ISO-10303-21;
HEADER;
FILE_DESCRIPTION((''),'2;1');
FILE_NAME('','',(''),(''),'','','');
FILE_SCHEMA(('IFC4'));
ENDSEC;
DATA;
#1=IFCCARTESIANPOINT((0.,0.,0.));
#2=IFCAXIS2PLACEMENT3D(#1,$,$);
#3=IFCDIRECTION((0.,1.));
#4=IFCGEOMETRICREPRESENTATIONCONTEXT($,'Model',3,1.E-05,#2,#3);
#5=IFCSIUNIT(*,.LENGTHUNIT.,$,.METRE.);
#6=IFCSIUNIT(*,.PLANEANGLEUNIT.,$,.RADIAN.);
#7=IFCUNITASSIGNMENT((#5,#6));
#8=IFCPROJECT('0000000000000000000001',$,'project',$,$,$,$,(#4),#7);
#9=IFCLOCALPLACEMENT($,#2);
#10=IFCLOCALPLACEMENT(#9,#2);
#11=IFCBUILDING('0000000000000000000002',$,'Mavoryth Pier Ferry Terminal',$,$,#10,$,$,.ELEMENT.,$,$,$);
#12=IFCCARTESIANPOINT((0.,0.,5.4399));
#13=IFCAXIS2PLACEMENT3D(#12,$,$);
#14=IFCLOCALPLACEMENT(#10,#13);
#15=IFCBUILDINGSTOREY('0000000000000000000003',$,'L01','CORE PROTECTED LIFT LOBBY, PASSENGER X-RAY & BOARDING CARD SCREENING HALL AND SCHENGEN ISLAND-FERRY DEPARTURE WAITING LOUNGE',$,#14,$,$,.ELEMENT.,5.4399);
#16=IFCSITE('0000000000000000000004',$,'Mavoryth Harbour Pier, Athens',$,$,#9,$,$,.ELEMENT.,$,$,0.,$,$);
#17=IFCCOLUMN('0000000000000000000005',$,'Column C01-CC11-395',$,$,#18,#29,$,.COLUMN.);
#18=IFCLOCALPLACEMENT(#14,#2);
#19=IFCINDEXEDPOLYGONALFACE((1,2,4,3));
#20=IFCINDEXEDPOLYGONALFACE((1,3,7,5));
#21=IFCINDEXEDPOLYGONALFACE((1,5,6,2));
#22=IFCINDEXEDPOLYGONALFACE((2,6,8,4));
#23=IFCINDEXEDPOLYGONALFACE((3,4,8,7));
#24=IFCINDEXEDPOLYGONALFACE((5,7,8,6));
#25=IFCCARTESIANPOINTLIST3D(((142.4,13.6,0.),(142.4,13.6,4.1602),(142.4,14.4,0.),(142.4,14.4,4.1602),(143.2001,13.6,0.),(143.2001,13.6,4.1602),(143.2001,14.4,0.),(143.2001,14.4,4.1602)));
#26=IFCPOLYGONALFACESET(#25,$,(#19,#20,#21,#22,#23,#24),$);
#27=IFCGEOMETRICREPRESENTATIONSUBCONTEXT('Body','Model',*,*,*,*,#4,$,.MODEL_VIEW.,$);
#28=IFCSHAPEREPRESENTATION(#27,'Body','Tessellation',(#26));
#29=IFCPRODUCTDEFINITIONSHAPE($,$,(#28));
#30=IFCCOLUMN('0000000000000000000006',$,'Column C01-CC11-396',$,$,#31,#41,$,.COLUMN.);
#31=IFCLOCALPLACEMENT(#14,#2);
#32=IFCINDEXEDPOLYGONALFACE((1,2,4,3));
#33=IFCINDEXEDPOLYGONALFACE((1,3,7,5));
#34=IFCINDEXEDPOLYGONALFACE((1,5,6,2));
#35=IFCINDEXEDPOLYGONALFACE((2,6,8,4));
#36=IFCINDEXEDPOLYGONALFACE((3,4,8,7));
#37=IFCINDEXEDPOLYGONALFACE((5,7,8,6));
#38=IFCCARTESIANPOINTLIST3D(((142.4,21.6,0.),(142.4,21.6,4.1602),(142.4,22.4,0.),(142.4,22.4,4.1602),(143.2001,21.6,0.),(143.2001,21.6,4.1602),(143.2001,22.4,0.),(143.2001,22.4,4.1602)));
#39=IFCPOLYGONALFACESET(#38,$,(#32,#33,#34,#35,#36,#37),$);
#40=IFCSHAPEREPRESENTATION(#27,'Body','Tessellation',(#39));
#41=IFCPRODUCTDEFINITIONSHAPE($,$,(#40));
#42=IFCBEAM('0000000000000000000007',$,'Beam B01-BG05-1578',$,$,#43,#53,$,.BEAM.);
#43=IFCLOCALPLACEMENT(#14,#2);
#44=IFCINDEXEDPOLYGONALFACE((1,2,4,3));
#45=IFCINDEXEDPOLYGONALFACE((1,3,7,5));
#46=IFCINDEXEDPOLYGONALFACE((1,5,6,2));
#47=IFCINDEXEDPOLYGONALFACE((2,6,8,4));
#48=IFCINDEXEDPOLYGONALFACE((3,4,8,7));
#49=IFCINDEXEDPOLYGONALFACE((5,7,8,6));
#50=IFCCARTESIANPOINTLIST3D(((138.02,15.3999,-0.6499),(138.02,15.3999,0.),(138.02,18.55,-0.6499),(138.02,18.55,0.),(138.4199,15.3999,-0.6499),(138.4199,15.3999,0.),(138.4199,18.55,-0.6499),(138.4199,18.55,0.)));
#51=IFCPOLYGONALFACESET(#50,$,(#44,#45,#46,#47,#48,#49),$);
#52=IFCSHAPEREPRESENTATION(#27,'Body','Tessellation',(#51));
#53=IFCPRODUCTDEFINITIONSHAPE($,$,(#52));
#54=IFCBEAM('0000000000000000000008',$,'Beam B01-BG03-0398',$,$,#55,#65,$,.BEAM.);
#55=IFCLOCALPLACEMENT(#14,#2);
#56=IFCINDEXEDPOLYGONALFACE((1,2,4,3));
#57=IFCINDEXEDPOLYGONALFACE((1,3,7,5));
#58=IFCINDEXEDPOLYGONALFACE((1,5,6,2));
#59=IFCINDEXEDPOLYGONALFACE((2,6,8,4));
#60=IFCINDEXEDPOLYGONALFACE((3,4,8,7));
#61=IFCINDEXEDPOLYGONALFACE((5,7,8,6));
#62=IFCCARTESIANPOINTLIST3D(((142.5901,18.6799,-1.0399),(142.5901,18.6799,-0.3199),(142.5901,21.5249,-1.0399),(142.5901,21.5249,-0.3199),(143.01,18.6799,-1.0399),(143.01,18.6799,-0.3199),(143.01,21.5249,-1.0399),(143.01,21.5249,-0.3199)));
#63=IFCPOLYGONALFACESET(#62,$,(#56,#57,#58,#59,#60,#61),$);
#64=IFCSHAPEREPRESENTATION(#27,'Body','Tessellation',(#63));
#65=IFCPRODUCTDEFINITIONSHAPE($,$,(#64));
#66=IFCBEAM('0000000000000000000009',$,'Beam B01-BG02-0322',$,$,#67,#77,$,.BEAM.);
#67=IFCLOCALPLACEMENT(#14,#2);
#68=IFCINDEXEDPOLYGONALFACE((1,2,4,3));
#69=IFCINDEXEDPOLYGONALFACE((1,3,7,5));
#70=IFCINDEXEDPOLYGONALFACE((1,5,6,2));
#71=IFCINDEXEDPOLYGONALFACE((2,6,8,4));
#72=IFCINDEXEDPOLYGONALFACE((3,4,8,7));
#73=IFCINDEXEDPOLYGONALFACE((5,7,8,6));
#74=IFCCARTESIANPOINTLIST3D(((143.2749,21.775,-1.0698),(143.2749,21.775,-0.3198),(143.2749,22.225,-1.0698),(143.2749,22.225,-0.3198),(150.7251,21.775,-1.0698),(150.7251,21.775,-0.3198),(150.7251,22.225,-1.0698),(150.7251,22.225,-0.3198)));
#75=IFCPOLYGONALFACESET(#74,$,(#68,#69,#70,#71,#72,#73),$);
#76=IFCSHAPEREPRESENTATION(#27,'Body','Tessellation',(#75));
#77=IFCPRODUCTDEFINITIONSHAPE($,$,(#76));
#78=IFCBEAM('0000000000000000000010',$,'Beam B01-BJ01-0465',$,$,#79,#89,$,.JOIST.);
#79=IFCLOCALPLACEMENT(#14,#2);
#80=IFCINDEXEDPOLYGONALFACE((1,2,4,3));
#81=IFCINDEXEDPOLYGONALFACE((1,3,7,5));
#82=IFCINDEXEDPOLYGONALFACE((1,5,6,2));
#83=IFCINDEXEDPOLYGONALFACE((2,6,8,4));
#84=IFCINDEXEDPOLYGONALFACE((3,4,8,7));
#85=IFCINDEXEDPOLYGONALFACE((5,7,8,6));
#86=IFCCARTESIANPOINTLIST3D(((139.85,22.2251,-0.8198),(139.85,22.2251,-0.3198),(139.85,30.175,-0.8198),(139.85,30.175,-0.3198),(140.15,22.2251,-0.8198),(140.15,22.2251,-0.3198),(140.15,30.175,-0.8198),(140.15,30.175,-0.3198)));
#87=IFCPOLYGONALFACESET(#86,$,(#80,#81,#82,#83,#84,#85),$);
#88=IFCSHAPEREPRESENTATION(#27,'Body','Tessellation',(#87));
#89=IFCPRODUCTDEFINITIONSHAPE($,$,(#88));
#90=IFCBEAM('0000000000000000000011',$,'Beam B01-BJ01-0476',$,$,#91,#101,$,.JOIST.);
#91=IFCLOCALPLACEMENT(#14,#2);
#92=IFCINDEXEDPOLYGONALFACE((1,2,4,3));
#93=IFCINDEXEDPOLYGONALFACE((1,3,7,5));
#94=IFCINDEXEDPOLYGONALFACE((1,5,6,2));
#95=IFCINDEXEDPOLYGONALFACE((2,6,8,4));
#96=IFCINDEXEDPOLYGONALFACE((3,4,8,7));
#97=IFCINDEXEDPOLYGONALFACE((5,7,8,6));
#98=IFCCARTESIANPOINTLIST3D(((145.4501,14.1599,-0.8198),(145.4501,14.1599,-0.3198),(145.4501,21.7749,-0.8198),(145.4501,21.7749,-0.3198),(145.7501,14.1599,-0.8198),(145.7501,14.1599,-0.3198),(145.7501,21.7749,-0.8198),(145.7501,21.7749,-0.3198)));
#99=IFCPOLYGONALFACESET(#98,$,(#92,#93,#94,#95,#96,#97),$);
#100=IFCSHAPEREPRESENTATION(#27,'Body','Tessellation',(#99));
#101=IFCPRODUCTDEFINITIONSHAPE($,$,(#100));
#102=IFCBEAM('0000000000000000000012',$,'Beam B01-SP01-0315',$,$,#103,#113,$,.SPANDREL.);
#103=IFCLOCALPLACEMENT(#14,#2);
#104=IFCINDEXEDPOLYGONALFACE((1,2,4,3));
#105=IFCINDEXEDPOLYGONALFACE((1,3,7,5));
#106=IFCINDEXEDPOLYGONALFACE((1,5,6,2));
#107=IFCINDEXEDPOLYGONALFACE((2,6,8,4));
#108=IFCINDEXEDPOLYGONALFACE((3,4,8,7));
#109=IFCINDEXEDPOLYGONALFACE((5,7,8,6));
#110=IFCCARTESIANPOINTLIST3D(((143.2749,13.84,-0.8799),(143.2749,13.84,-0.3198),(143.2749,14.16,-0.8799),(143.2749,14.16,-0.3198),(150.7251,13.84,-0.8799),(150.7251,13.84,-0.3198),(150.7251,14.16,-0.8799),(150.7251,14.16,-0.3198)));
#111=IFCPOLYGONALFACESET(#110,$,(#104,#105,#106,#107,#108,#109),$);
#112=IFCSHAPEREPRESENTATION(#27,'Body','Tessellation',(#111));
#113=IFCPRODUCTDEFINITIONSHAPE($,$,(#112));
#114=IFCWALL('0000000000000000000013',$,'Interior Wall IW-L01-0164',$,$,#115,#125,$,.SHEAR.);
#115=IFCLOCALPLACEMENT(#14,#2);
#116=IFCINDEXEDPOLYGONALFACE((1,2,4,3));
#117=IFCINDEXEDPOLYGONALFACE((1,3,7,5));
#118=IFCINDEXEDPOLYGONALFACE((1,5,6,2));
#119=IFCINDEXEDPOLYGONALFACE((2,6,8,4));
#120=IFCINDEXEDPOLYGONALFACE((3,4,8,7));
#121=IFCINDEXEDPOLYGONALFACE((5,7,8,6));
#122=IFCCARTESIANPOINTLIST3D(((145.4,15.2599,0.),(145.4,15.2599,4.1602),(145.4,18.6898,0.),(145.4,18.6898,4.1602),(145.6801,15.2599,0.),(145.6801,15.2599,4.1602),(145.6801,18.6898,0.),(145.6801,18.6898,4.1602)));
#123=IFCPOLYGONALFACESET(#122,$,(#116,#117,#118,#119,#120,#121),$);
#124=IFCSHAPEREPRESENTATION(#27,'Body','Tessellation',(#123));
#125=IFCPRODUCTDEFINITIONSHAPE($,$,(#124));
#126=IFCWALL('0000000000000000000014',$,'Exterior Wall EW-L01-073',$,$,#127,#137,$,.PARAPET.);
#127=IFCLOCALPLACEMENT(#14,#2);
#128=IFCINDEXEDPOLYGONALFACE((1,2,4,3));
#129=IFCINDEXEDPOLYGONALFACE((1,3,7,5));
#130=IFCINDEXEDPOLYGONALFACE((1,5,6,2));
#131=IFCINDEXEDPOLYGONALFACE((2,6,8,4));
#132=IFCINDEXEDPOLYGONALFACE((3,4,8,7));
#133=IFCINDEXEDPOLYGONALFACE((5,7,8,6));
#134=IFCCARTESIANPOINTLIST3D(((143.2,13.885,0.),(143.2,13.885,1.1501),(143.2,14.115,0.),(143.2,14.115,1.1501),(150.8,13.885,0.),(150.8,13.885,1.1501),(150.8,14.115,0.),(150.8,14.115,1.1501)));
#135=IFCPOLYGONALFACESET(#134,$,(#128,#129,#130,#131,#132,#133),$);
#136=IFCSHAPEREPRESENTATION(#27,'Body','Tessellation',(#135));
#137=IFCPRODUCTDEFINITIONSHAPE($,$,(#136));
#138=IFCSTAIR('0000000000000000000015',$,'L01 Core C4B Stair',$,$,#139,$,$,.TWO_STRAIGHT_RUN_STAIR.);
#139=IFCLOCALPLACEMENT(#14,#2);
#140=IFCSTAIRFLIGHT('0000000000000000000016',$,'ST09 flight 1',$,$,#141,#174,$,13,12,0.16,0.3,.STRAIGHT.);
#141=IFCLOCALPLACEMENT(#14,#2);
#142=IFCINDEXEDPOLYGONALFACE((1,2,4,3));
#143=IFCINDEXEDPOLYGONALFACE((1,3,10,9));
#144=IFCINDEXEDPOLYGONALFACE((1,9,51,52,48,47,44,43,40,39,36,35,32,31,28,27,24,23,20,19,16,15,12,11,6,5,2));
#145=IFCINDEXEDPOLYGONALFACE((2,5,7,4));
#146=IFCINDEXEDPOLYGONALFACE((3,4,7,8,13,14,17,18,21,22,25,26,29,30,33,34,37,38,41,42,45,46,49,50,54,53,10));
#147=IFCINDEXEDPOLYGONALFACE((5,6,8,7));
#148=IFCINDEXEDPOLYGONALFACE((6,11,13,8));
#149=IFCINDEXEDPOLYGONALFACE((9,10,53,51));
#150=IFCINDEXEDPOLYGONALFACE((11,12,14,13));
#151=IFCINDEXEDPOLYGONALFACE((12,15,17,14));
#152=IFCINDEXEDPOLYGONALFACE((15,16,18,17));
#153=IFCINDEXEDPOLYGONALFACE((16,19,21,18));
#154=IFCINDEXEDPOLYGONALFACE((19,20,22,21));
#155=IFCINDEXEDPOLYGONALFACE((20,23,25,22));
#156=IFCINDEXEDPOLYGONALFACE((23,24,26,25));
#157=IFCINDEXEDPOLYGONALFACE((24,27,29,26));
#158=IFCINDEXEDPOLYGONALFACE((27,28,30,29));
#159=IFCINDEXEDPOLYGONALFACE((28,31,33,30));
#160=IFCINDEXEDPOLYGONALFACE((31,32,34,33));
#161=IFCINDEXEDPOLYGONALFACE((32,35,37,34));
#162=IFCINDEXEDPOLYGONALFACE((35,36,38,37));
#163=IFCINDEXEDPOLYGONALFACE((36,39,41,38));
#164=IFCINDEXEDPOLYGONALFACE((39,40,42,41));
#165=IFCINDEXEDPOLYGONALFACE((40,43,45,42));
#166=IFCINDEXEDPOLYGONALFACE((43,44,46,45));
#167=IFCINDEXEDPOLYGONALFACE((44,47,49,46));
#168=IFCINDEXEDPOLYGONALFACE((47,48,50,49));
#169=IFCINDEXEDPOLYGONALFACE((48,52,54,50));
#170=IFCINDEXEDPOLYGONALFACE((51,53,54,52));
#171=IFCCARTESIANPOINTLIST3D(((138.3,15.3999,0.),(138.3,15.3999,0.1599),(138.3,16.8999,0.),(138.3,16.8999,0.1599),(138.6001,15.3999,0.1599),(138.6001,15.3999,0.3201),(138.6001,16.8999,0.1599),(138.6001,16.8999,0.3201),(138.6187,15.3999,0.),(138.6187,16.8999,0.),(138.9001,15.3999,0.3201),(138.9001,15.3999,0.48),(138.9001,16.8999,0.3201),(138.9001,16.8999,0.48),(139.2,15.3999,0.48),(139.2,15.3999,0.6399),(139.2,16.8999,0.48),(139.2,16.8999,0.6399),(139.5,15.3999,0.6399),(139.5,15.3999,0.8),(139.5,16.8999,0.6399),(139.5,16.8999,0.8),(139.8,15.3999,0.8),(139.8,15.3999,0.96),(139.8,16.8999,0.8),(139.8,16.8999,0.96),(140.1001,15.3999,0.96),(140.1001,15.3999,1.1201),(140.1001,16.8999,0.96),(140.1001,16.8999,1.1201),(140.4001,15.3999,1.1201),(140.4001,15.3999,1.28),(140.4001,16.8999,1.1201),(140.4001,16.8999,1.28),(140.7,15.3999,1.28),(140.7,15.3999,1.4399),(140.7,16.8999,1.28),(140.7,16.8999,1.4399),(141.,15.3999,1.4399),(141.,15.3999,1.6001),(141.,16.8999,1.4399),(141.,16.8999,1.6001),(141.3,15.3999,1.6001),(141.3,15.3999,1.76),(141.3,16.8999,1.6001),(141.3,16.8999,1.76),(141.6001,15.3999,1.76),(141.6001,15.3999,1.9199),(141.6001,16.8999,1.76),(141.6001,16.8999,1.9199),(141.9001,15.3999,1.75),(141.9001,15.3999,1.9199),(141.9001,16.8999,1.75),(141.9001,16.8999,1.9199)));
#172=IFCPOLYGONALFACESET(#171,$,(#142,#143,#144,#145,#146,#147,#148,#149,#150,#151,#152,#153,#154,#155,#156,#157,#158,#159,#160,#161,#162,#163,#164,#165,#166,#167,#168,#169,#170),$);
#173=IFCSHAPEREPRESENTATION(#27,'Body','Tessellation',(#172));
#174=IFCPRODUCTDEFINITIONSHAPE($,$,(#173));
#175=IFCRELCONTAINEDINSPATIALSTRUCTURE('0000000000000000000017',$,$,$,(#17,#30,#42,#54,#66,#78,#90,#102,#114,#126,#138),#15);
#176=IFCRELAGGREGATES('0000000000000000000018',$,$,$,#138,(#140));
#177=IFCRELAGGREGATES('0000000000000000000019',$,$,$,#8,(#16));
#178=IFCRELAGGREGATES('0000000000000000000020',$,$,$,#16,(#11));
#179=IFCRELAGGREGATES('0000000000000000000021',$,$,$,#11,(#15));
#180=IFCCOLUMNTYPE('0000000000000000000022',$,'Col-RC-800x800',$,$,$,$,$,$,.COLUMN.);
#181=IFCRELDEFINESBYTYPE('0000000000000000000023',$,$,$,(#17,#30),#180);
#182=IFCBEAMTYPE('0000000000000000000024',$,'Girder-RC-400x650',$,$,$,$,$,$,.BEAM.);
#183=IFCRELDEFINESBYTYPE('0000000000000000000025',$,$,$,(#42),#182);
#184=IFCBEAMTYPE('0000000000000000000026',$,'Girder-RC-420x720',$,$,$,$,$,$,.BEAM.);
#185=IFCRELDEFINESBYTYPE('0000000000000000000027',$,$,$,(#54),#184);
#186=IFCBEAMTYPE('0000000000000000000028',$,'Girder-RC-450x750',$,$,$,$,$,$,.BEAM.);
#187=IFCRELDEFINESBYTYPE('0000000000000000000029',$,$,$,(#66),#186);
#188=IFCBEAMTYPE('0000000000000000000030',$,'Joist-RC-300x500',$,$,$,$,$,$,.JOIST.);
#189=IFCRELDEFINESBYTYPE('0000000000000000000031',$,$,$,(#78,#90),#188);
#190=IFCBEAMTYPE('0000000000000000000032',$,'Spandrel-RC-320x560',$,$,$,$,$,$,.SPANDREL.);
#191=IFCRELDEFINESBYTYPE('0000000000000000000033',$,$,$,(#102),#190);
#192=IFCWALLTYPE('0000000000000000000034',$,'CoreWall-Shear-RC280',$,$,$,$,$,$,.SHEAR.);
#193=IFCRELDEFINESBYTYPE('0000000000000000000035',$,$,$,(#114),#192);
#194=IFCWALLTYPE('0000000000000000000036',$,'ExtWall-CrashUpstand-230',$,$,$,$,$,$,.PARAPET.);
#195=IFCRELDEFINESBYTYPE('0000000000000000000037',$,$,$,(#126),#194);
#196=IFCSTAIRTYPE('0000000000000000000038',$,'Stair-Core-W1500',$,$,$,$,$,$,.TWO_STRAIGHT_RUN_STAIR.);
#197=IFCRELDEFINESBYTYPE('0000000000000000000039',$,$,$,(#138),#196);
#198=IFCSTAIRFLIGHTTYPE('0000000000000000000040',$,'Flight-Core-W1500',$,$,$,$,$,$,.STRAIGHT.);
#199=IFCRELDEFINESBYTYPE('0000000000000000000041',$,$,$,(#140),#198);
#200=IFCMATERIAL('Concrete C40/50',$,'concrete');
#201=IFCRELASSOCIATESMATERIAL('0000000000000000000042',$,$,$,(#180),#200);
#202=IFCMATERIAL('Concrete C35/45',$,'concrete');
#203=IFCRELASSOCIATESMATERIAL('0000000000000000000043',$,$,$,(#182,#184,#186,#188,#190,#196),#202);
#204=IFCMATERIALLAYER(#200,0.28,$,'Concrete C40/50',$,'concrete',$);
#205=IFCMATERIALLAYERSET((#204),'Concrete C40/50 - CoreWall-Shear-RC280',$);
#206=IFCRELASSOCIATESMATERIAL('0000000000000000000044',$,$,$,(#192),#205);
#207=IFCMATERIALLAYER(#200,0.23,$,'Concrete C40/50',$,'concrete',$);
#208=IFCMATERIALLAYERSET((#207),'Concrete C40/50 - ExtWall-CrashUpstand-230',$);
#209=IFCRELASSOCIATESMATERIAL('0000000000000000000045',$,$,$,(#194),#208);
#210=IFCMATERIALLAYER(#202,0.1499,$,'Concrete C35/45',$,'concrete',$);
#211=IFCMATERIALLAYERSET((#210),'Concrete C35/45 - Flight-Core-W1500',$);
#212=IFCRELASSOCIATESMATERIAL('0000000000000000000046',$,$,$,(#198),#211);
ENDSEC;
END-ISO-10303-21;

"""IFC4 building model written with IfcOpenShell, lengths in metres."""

from ifc_helpers import new_model, si_unit, direction, frame, frame_2d, origin, origin_2d, place, context, subcontext, project, spatial, polyline, rectangle, outline, extrude, material, layer, layer_set, material_profile, profile_set, type_object, element, aggregate, save


model = new_model("IFC4")

# Units and contexts
model_context = context("Model", 3, precision=1e-05, world=origin(), true_north=direction((0.0, 1.0)))
body_context = subcontext(model_context, "Body", "Model", "MODEL_VIEW")
ifc_project = project(units=[si_unit("LENGTHUNIT", "METRE"), si_unit("PLANEANGLEUNIT", "RADIAN")], contexts=[model_context])

# Site, building, storey
site_placement = place(None, origin())
site = spatial("IfcSite", under=ifc_project, at=site_placement, Name="Mavoryth Harbour Pier, Athens", CompositionType="ELEMENT", RefElevation=0.0)
building_placement = place(site_placement, origin())
building = spatial("IfcBuilding", under=site, at=building_placement, Name="Mavoryth Pier Ferry Terminal", CompositionType="ELEMENT")
storey_placement = place(building_placement, frame((0.0, 0.0, 5.4399)))
storey = spatial("IfcBuildingStorey", under=building, at=storey_placement, Name="L01", Description="CORE PROTECTED LIFT LOBBY, PASSENGER X-RAY & BOARDING CARD SCREENING HALL AND SCHENGEN ISLAND-FERRY DEPARTURE WAITING LOUNGE", CompositionType="ELEMENT", Elevation=5.4399)

# Columns
ifc_material_1 = material(Name="Concrete C40/50", Category="concrete")
ifc_material_profile_1 = material_profile(ifc_material_1, rectangle(XDim=0.8, YDim=0.8, at=origin_2d()), Name="RC 800x800", Category="concrete")
ifc_profile_set_1 = profile_set([ifc_material_profile_1], Name="Concrete C40/50 - RC 800x800")
column_type = type_object("IfcColumnType", Name="Col-RC-800x800", PredefinedType="COLUMN", material=ifc_profile_set_1)
for number, where, z_axis, x_axis, name in (
    (1, (142.8, 14.0, 0.0), (0.0, 0.0, 1.0), (1.0, 0.0, 0.0), "Column C01-CC11-395"),
    (2, (142.8, 22.0, 0.0), (0.0, 0.0, 1.0), (1.0, 0.0, 0.0), "Column C01-CC11-396"),
):
    element("IfcColumn", number, at=place(storey_placement, frame(where, z_axis=z_axis, x_axis=x_axis)), inside=storey, type_object=column_type, Name=name, PredefinedType="COLUMN", context=body_context, shape_type="SweptSolid", body=[
        extrude(rectangle(XDim=0.8, YDim=0.8, at=origin_2d()), origin(), (0.0, 0.0, 1.0), 4.1602),
    ])

# Beams
ifc_material_2 = material(Name="Concrete C35/45", Category="concrete")
ifc_material_profile_2 = material_profile(ifc_material_2, rectangle(XDim=0.3999, YDim=0.6499, at=origin_2d()), Name="RC 400x650", Category="concrete")
ifc_profile_set_2 = profile_set([ifc_material_profile_2], Name="Concrete C35/45 - RC 400x650")
beam_type_1 = type_object("IfcBeamType", Name="Girder-RC-400x650", PredefinedType="BEAM", material=ifc_profile_set_2)
beam_1_placement = place(storey_placement, frame((138.22, 15.3999, -0.325), z_axis=(0.0, 1.0, 0.0), x_axis=(-1.0, 0.0, 0.0)))
element("IfcBeam", 3, at=beam_1_placement, inside=storey, type_object=beam_type_1, Name="Beam B01-BG05-1578", PredefinedType="BEAM", context=body_context, shape_type="SweptSolid", body=[
    extrude(rectangle(XDim=0.3999, YDim=0.6499, at=origin_2d()), origin(), (0.0, 0.0, 1.0), 3.1501),
])
ifc_material_profile_3 = material_profile(ifc_material_2, rectangle(XDim=0.4199, YDim=0.72, at=origin_2d()), Name="RC 420x720", Category="concrete")
ifc_profile_set_3 = profile_set([ifc_material_profile_3], Name="Concrete C35/45 - RC 420x720")
beam_type_2 = type_object("IfcBeamType", Name="Girder-RC-420x720", PredefinedType="BEAM", material=ifc_profile_set_3)
beam_2_placement = place(storey_placement, frame((142.8, 18.6799, -0.6799), z_axis=(0.0, 1.0, 0.0), x_axis=(-1.0, 0.0, 0.0)))
element("IfcBeam", 4, at=beam_2_placement, inside=storey, type_object=beam_type_2, Name="Beam B01-BG03-0398", PredefinedType="BEAM", context=body_context, shape_type="SweptSolid", body=[
    extrude(rectangle(XDim=0.4199, YDim=0.72, at=origin_2d()), origin(), (0.0, 0.0, 1.0), 2.845),
])
ifc_material_profile_4 = material_profile(ifc_material_2, rectangle(XDim=0.45, YDim=0.75, at=origin_2d()), Name="RC 450x750", Category="concrete")
ifc_profile_set_4 = profile_set([ifc_material_profile_4], Name="Concrete C35/45 - RC 450x750")
beam_type_3 = type_object("IfcBeamType", Name="Girder-RC-450x750", PredefinedType="BEAM", material=ifc_profile_set_4)
beam_3_placement = place(storey_placement, frame((143.2749, 22.0, -0.6948), z_axis=(1.0, 0.0, 0.0), x_axis=(0.0, 1.0, 0.0)))
element("IfcBeam", 5, at=beam_3_placement, inside=storey, type_object=beam_type_3, Name="Beam B01-BG02-0322", PredefinedType="BEAM", context=body_context, shape_type="SweptSolid", body=[
    extrude(rectangle(XDim=0.45, YDim=0.75, at=origin_2d()), origin(), (0.0, 0.0, 1.0), 7.4502),
])
ifc_material_profile_5 = material_profile(ifc_material_2, rectangle(XDim=0.3, YDim=0.5, at=origin_2d()), Name="RC 300x500", Category="concrete")
ifc_profile_set_5 = profile_set([ifc_material_profile_5], Name="Concrete C35/45 - RC 300x500")
beam_type_4 = type_object("IfcBeamType", Name="Joist-RC-300x500", PredefinedType="JOIST", material=ifc_profile_set_5)
beam_4_placement = place(storey_placement, frame((140.0, 22.2251, -0.5698), z_axis=(0.0, 1.0, 0.0), x_axis=(-1.0, 0.0, 0.0)))
element("IfcBeam", 6, at=beam_4_placement, inside=storey, type_object=beam_type_4, Name="Beam B01-BJ01-0465", PredefinedType="JOIST", context=body_context, shape_type="SweptSolid", body=[
    extrude(rectangle(XDim=0.3, YDim=0.5, at=origin_2d()), origin(), (0.0, 0.0, 1.0), 7.95),
])
beam_5_placement = place(storey_placement, frame((145.6001, 14.1599, -0.5698), z_axis=(0.0, 1.0, 0.0), x_axis=(-1.0, 0.0, 0.0)))
element("IfcBeam", 7, at=beam_5_placement, inside=storey, type_object=beam_type_4, Name="Beam B01-BJ01-0476", PredefinedType="JOIST", context=body_context, shape_type="SweptSolid", body=[
    extrude(rectangle(XDim=0.3, YDim=0.5, at=origin_2d()), origin(), (0.0, 0.0, 1.0), 7.615),
])
ifc_material_profile_6 = material_profile(ifc_material_2, rectangle(XDim=0.3201, YDim=0.5601, at=origin_2d()), Name="RC 320x560", Category="concrete")
ifc_profile_set_6 = profile_set([ifc_material_profile_6], Name="Concrete C35/45 - RC 320x560")
beam_type_5 = type_object("IfcBeamType", Name="Spandrel-RC-320x560", PredefinedType="SPANDREL", material=ifc_profile_set_6)
beam_6_placement = place(storey_placement, frame((143.2749, 14.0, -0.5999), z_axis=(1.0, 0.0, 0.0), x_axis=(0.0, 1.0, 0.0)))
element("IfcBeam", 8, at=beam_6_placement, inside=storey, type_object=beam_type_5, Name="Beam B01-SP01-0315", PredefinedType="SPANDREL", context=body_context, shape_type="SweptSolid", body=[
    extrude(rectangle(XDim=0.3201, YDim=0.5601, at=origin_2d()), origin(), (0.0, 0.0, 1.0), 7.4502),
])

# Walls
ifc_layer_1 = layer(ifc_material_1, 0.28, Name="Concrete C40/50", Category="concrete")
ifc_layer_set_1 = layer_set([ifc_layer_1], Name="Concrete C40/50 - CoreWall-Shear-RC280")
wall_type_1 = type_object("IfcWallType", Name="CoreWall-Shear-RC280", PredefinedType="SHEAR", material=ifc_layer_set_1)
wall_1_placement = place(storey_placement, frame((145.54, 15.26, 0.0), z_axis=(0.0, 0.0, 1.0), x_axis=(0.0, 1.0, 0.0)))
element("IfcWall", 9, at=wall_1_placement, inside=storey, type_object=wall_type_1, Name="Interior Wall IW-L01-0164", PredefinedType="SHEAR", context=body_context, shape_type="SweptSolid", body=[
    extrude(rectangle(XDim=3.4299, YDim=0.28, at=frame_2d((1.7148, 0.0))), origin(), (0.0, 0.0, 1.0), 4.1602),
])
ifc_layer_2 = layer(ifc_material_1, 0.23, Name="Concrete C40/50", Category="concrete")
ifc_layer_set_2 = layer_set([ifc_layer_2], Name="Concrete C40/50 - ExtWall-CrashUpstand-230")
wall_type_2 = type_object("IfcWallType", Name="ExtWall-CrashUpstand-230", PredefinedType="PARAPET", material=ifc_layer_set_2)
wall_2_placement = place(storey_placement, frame((143.2, 14.0, 0.0), z_axis=(0.0, 0.0, 1.0), x_axis=(1.0, 0.0, 0.0)))
element("IfcWall", 10, at=wall_2_placement, inside=storey, type_object=wall_type_2, Name="Exterior Wall EW-L01-073", PredefinedType="PARAPET", context=body_context, shape_type="SweptSolid", body=[
    extrude(rectangle(XDim=7.6001, YDim=0.23, at=frame_2d((3.8, 0.0))), origin(), (0.0, 0.0, 1.0), 1.1501),
])

# Stair, stair flight
stair_type = type_object("IfcStairType", Name="Stair-Core-W1500", PredefinedType="TWO_STRAIGHT_RUN_STAIR", material=ifc_material_2)
stair_placement = place(storey_placement, origin())
stair = element("IfcStair", 11, at=stair_placement, inside=storey, type_object=stair_type, Name="L01 Core C4B Stair", PredefinedType="TWO_STRAIGHT_RUN_STAIR")
ifc_layer_3 = layer(ifc_material_2, 0.1499, Name="Concrete C35/45", Category="concrete")
ifc_layer_set_3 = layer_set([ifc_layer_3], Name="Concrete C35/45 - Flight-Core-W1500")
stair_flight_type = type_object("IfcStairFlightType", Name="Flight-Core-W1500", PredefinedType="STRAIGHT", material=ifc_layer_set_3)
stair_flight_1_placement = place(storey_placement, frame((138.3, 16.1499, 0.0), z_axis=(0.0, 0.0, 1.0), x_axis=(1.0, 0.0, 0.0)))
stair_flight_1 = element("IfcStairFlight", 12, at=stair_flight_1_placement, type_object=stair_flight_type, Name="ST09 flight 1", NumberOfRisers=13, NumberOfTreads=12, PredefinedType="STRAIGHT", RiserHeight=0.16, TreadLength=0.3, context=body_context, shape_type="SweptSolid", body=[
    extrude(outline(polyline([(0.0, 0.0), (0.0, 0.1599), (0.3, 0.1599), (0.3, 0.3201), (0.6001, 0.3201), (0.6001, 0.48), (0.8999, 0.48), (0.8999, 0.6399), (1.2, 0.6399), (1.2, 0.8), (1.5, 0.8), (1.5, 0.96), (1.8, 0.96), (1.8, 1.1201), (2.1001, 1.1201), (2.1001, 1.28), (2.3999, 1.28), (2.3999, 1.4399), (2.7, 1.4399), (2.7, 1.6001), (3.0, 1.6001), (3.0, 1.76), (3.3, 1.76), (3.3, 1.9199), (3.6001, 1.9199), (3.6001, 2.0801), (3.6001, 1.75), (0.3186, 0.0), (0.0, 0.0)])), frame((0.0, 0.75, 0.0), z_axis=(0.0, -1.0, 0.0), x_axis=(1.0, 0.0, 0.0)), (0.0, 0.0, 1.0), 1.5),
])
aggregate(stair, [stair_flight_1])

save(model, "model.ifc")
